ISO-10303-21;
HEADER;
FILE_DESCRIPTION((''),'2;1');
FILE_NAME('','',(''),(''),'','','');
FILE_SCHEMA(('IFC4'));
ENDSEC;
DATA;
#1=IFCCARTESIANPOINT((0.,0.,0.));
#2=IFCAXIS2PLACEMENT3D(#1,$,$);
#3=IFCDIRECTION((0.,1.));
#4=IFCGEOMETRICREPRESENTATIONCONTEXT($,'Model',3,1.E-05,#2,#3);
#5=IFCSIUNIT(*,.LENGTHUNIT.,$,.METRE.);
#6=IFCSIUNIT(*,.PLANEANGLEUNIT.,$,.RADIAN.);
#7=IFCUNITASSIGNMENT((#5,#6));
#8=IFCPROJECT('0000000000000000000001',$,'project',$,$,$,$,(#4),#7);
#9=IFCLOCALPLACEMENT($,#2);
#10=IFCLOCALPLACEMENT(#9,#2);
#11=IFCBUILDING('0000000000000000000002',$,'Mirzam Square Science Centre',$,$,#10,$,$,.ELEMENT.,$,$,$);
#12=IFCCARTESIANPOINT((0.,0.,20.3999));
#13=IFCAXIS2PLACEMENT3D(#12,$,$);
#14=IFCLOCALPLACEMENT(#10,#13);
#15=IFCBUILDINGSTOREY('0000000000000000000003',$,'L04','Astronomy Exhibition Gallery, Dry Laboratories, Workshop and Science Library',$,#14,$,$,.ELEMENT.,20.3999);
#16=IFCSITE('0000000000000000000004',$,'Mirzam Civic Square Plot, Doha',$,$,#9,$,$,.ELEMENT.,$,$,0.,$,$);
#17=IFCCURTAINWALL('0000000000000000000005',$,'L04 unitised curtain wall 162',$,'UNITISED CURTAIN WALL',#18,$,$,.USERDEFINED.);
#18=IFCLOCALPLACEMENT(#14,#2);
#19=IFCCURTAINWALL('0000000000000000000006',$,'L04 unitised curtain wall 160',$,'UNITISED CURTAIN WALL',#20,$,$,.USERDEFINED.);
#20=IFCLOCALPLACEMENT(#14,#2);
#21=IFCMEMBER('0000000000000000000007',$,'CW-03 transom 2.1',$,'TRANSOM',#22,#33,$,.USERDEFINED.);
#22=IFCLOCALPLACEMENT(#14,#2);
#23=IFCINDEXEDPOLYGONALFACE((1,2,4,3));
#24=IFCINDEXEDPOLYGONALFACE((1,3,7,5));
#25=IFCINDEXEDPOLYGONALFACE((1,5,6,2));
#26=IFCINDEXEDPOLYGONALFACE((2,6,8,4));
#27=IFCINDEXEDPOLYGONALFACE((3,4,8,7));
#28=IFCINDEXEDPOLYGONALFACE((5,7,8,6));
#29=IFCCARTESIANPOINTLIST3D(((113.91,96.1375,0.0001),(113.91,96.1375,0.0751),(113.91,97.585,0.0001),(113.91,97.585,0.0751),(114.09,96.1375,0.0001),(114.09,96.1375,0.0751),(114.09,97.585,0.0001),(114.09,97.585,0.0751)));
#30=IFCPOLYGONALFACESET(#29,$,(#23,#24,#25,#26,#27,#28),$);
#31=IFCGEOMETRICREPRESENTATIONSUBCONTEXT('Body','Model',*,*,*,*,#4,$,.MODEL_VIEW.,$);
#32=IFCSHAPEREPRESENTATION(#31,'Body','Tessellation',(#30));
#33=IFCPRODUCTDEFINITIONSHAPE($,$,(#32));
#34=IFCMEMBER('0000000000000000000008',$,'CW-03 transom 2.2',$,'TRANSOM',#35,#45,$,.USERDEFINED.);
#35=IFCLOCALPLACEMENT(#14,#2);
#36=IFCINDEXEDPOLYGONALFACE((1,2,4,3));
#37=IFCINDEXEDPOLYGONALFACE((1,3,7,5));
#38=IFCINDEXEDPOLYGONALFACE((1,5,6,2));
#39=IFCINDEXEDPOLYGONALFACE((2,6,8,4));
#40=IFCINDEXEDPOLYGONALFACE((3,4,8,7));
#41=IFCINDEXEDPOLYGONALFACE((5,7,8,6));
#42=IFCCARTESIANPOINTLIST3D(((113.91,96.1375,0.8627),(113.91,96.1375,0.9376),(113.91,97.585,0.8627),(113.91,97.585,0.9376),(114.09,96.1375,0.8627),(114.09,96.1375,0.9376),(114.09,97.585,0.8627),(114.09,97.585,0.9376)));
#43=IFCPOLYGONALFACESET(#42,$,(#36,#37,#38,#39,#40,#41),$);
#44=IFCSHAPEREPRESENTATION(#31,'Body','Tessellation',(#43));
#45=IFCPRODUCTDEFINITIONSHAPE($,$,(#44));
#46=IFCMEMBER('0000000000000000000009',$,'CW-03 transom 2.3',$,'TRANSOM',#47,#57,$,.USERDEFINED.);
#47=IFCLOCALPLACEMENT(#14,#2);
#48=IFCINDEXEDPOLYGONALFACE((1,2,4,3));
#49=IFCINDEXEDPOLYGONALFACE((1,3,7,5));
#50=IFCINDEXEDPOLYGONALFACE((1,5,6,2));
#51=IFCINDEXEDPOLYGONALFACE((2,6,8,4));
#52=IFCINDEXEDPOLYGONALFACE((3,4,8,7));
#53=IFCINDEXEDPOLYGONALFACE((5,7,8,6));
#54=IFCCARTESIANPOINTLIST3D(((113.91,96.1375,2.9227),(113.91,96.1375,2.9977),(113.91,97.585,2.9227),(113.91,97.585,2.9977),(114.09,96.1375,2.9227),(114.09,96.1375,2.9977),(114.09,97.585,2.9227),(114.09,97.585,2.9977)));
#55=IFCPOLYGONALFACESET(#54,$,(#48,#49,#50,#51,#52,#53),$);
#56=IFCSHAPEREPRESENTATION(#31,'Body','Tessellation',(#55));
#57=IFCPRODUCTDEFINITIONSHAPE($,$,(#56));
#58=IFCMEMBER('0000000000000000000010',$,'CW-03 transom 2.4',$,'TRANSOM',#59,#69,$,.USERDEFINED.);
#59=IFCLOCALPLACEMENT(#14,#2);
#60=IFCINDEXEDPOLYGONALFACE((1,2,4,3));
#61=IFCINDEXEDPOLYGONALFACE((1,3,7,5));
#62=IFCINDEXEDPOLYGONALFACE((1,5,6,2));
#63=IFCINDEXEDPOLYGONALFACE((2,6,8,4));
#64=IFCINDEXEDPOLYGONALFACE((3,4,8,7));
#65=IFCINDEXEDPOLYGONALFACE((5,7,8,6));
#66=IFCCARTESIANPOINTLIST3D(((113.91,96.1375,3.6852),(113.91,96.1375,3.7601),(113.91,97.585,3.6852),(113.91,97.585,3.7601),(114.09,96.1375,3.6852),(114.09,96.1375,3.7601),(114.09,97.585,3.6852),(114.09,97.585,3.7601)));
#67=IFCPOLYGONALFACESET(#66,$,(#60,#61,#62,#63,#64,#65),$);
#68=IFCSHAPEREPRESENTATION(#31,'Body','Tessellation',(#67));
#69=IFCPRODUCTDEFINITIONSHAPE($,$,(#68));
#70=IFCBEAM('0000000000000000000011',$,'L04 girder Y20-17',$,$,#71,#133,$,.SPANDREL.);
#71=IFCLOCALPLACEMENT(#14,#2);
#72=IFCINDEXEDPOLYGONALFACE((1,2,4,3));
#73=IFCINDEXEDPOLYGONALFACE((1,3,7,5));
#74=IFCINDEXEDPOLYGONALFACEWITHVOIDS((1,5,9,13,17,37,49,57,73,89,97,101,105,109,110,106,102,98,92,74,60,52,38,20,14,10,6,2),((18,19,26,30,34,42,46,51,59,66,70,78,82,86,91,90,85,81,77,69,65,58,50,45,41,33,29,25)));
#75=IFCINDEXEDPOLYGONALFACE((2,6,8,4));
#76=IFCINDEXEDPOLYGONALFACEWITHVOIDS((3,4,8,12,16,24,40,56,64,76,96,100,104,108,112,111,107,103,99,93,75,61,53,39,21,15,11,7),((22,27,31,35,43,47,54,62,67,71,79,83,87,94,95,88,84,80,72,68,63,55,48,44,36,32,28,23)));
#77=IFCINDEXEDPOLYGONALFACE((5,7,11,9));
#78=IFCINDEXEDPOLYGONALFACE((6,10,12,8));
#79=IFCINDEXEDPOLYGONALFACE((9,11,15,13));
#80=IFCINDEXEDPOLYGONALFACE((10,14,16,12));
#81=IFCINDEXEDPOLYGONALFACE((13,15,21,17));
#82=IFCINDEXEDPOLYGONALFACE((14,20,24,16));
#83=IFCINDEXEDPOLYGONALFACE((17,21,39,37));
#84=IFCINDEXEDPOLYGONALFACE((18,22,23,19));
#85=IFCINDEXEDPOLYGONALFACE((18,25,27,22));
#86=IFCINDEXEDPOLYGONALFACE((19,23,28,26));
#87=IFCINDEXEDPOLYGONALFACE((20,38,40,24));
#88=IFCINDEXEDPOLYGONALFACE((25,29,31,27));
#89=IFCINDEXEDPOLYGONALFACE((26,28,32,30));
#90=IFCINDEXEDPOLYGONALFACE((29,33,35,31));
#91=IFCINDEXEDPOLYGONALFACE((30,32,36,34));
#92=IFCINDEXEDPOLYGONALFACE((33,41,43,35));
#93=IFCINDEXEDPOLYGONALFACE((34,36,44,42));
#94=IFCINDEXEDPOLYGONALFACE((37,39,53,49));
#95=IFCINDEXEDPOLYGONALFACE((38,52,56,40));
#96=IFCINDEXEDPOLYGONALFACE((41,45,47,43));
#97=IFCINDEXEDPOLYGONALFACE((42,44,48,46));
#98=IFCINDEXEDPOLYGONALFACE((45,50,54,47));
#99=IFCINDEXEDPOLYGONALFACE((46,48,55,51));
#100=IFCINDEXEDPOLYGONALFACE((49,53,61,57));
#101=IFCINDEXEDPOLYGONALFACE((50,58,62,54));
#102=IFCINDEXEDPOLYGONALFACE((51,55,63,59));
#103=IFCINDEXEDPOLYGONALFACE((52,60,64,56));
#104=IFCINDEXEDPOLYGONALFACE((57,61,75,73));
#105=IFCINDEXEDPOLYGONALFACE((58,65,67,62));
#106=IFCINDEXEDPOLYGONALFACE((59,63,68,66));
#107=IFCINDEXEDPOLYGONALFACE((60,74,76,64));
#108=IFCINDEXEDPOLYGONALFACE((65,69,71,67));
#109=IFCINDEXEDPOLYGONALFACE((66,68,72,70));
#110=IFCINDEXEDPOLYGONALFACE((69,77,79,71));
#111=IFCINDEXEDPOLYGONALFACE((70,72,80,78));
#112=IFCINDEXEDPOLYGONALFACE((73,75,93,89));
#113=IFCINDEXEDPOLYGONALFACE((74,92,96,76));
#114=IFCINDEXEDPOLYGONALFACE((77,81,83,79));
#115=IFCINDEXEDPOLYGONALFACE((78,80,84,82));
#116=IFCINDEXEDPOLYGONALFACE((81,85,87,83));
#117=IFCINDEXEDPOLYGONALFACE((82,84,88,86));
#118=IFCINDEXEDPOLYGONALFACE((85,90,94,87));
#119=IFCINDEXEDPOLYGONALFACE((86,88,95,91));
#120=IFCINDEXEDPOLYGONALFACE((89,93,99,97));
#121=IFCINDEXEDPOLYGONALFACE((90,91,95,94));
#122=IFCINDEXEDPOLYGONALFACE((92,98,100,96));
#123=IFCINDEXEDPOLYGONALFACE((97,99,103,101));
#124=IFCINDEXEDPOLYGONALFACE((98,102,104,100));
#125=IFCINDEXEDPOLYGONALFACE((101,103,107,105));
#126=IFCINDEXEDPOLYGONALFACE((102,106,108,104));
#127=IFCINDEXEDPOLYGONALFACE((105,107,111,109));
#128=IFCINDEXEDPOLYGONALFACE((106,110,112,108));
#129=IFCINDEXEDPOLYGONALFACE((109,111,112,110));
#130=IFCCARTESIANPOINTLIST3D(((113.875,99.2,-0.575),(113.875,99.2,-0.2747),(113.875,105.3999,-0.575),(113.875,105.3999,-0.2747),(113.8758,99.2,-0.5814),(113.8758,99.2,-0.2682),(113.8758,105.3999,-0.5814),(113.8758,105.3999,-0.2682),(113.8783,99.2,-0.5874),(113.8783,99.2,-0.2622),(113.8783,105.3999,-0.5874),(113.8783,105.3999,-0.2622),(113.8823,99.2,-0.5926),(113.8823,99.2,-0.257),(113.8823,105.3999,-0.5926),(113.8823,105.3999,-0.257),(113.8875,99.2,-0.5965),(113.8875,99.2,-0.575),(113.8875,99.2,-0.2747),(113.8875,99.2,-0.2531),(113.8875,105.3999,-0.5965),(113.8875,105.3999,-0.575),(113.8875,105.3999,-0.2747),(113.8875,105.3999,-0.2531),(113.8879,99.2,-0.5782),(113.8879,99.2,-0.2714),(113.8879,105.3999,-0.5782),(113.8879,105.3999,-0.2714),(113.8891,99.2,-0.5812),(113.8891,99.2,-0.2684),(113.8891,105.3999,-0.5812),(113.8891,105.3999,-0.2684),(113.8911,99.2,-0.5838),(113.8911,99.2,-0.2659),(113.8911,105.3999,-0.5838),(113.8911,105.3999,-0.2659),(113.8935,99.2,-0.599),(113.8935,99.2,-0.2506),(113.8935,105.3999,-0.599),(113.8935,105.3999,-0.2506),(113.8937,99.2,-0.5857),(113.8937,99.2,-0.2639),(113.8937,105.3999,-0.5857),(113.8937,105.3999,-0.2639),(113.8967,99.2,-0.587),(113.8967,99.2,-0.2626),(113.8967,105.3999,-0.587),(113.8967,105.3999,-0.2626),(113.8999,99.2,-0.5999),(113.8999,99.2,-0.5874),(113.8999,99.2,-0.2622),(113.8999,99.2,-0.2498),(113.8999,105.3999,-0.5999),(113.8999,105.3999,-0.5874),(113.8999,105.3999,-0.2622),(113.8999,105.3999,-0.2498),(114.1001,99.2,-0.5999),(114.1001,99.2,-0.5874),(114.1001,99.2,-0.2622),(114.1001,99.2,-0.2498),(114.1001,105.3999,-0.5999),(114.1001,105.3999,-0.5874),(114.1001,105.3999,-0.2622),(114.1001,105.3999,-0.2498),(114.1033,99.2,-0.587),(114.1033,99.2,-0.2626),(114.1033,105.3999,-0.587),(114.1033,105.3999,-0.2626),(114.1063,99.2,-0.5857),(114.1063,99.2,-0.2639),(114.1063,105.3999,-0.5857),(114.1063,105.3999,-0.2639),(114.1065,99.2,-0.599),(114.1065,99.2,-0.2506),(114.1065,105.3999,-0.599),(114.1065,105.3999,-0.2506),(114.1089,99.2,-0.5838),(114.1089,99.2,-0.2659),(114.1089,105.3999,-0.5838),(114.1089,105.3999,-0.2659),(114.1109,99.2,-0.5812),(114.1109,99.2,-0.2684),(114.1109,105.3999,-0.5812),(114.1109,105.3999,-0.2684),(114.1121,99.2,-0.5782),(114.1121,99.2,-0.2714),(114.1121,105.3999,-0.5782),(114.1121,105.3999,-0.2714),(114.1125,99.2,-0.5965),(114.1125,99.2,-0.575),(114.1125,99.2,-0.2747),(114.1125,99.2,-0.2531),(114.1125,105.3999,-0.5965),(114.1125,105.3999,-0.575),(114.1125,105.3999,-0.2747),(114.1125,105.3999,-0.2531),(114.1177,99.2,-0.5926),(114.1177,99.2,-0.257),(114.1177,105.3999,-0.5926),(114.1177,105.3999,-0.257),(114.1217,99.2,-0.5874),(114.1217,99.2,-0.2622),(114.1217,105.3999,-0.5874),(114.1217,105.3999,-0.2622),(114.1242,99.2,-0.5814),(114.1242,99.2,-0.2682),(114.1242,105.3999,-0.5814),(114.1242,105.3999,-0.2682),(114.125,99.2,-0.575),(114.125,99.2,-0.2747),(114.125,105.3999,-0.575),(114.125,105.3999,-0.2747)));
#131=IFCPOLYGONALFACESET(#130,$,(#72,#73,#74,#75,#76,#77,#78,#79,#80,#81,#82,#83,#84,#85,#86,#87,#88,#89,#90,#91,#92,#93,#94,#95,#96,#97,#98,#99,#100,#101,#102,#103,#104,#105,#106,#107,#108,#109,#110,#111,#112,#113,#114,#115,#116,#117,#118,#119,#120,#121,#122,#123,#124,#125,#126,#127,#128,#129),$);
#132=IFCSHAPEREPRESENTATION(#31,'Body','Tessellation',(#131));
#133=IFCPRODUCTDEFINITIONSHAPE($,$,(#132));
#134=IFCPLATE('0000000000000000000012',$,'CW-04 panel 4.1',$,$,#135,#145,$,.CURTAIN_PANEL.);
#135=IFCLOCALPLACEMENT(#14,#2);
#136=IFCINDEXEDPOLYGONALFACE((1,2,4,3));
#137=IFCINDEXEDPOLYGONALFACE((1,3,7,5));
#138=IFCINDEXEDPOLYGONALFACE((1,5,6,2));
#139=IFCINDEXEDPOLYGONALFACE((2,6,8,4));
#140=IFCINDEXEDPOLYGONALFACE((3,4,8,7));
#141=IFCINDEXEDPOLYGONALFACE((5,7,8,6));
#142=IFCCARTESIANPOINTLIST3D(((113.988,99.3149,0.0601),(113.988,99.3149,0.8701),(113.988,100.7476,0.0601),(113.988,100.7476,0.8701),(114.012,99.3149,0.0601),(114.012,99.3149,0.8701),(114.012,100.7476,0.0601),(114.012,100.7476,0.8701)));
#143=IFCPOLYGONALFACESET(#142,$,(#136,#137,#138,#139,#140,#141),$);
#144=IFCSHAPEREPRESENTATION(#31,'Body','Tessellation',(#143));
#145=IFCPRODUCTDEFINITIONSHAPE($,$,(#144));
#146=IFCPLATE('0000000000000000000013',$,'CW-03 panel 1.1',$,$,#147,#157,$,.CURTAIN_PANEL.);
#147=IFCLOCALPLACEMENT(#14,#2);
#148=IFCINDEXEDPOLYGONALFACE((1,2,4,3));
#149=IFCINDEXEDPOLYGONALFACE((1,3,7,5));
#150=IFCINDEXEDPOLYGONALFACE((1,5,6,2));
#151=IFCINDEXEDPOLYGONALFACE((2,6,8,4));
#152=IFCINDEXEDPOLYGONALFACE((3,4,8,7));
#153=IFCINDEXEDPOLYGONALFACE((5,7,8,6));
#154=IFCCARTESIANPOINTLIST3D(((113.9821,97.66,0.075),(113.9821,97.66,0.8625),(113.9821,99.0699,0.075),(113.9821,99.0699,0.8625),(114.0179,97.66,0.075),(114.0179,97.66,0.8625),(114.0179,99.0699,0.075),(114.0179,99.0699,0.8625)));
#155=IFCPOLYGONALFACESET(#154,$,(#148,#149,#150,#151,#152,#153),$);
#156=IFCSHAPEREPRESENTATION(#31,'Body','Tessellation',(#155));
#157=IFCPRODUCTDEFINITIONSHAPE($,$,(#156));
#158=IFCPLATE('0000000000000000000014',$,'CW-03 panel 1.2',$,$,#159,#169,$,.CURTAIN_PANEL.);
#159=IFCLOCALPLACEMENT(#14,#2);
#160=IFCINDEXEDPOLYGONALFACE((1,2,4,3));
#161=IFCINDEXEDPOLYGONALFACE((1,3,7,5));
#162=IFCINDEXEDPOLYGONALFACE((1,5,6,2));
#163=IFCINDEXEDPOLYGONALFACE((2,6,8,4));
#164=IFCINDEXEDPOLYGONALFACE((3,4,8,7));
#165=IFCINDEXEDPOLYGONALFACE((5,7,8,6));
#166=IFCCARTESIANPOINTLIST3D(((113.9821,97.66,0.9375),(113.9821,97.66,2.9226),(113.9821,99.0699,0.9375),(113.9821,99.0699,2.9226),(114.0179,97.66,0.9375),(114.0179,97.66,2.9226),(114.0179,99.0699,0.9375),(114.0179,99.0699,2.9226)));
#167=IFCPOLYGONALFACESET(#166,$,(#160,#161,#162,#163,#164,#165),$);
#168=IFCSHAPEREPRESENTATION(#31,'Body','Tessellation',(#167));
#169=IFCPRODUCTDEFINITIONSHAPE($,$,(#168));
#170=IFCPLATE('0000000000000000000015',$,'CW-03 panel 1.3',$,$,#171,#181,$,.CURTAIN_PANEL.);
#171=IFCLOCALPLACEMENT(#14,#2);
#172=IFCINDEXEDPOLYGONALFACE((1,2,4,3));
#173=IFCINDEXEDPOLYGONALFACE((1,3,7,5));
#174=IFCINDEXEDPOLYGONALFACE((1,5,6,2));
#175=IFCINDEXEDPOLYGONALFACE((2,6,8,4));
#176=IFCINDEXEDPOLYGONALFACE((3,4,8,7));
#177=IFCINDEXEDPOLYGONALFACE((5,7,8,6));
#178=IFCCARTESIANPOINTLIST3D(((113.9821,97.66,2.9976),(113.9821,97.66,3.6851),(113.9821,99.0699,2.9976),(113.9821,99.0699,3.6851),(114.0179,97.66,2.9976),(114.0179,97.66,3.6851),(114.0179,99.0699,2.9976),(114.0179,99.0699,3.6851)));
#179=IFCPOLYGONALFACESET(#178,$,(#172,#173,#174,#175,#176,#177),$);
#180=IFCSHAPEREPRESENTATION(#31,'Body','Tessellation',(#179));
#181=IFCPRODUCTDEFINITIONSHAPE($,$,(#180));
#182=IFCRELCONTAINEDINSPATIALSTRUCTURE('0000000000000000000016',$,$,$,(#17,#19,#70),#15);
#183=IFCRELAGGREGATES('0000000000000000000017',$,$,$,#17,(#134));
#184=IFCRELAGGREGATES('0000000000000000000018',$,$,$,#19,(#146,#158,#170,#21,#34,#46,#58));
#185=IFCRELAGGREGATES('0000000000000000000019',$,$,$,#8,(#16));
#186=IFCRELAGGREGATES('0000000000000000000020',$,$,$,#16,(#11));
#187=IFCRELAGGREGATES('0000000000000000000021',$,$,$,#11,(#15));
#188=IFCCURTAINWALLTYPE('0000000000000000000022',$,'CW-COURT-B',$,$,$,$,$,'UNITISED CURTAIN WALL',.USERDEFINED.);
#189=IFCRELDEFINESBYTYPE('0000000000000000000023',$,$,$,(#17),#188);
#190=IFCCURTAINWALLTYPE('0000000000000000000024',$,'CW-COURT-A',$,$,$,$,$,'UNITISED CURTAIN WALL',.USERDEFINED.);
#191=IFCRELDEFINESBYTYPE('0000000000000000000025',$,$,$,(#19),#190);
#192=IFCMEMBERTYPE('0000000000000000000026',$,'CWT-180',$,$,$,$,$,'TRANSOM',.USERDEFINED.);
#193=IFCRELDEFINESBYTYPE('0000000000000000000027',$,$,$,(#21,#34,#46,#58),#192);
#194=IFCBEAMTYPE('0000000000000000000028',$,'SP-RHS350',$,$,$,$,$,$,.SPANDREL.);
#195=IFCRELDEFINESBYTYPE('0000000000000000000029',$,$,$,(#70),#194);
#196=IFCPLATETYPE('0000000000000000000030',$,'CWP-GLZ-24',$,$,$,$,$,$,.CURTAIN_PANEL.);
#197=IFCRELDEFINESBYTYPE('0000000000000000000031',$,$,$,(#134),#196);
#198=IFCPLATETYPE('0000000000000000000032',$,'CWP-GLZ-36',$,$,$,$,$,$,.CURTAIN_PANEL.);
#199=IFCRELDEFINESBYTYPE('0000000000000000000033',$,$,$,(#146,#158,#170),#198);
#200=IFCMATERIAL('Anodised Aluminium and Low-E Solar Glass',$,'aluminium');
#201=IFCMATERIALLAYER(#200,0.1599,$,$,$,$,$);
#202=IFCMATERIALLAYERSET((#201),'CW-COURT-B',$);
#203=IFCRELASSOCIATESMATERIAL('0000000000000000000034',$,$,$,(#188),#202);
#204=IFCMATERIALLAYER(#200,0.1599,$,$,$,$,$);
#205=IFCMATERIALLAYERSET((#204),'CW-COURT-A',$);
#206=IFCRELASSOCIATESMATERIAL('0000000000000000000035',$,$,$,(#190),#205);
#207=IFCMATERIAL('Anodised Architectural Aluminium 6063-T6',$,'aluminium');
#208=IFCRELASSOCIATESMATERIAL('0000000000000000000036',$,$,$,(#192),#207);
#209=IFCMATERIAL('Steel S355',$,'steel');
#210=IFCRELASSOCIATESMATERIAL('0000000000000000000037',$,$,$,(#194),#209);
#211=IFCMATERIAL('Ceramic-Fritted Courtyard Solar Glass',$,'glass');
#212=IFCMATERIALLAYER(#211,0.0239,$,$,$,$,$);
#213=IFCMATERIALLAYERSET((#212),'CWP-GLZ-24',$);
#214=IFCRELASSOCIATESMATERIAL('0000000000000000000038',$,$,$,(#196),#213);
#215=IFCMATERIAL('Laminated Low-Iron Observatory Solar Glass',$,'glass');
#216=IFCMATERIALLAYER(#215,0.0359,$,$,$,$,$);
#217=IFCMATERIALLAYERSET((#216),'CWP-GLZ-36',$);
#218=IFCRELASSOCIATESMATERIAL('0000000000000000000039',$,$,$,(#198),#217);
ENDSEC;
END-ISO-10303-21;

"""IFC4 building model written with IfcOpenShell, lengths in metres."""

from ifc_helpers import new_model, si_unit, direction, frame, origin, origin_2d, place, context, subcontext, project, spatial, rectangle, hollow_rectangle, extrude, material, layer, layer_set, material_profile, profile_set, type_object, element, aggregate, save


model = new_model("IFC4")

# Units and contexts
model_context = context("Model", 3, precision=1e-05, world=origin(), true_north=direction((0.0, 1.0)))
body_context = subcontext(model_context, "Body", "Model", "MODEL_VIEW")
ifc_project = project(units=[si_unit("LENGTHUNIT", "METRE"), si_unit("PLANEANGLEUNIT", "RADIAN")], contexts=[model_context])

# Site, building, storey
site_placement = place(None, origin())
site = spatial("IfcSite", under=ifc_project, at=site_placement, Name="Mirzam Civic Square Plot, Doha", CompositionType="ELEMENT", RefElevation=0.0)
building_placement = place(site_placement, origin())
building = spatial("IfcBuilding", under=site, at=building_placement, Name="Mirzam Square Science Centre", CompositionType="ELEMENT")
storey_placement = place(building_placement, frame((0.0, 0.0, 20.3999)))
storey = spatial("IfcBuildingStorey", under=building, at=storey_placement, Name="L04", Description="Astronomy Exhibition Gallery, Dry Laboratories, Workshop and Science Library", CompositionType="ELEMENT", Elevation=20.3999)

# Shared definitions
ifc_material_1 = material(Name="Steel S355", Category="steel")

# Curtain wall
ifc_material_2 = material(Name="Anodised Aluminium and Low-E Solar Glass", Category="aluminium")
ifc_layer_1 = layer(ifc_material_2, 0.1599)
ifc_layer_set_1 = layer_set([ifc_layer_1], Name="CW-COURT-B")
curtain_wall_type_1 = type_object("IfcCurtainWallType", Name="CW-COURT-B", ElementType="UNITISED CURTAIN WALL", PredefinedType="USERDEFINED", material=ifc_layer_set_1)
curtain_wall_1_placement = place(storey_placement, origin())
curtain_wall_1 = element("IfcCurtainWall", 1, at=curtain_wall_1_placement, inside=storey, type_object=curtain_wall_type_1, Name="L04 unitised curtain wall 162", ObjectType="UNITISED CURTAIN WALL", PredefinedType="USERDEFINED")
ifc_material_3 = material(Name="Anodised Architectural Aluminium 6063-T6", Category="aluminium")

# Curtain wall, members
ifc_layer_2 = layer(ifc_material_2, 0.1599)
ifc_layer_set_2 = layer_set([ifc_layer_2], Name="CW-COURT-A")
curtain_wall_type_2 = type_object("IfcCurtainWallType", Name="CW-COURT-A", ElementType="UNITISED CURTAIN WALL", PredefinedType="USERDEFINED", material=ifc_layer_set_2)
curtain_wall_2_placement = place(storey_placement, origin())
curtain_wall_2 = element("IfcCurtainWall", 2, at=curtain_wall_2_placement, inside=storey, type_object=curtain_wall_type_2, Name="L04 unitised curtain wall 160", ObjectType="UNITISED CURTAIN WALL", PredefinedType="USERDEFINED")
ifc_material_profile_1 = material_profile(ifc_material_3, rectangle(XDim=0.1799, YDim=0.075, at=origin_2d()), Name="ALU-TRAN-180x75x5")
ifc_profile_set_1 = profile_set([ifc_material_profile_1], Name="Anodised Architectural Aluminium 6063-T6")
member_type_1 = type_object("IfcMemberType", Name="CWT-180", ElementType="TRANSOM", PredefinedType="USERDEFINED", material=ifc_profile_set_1)
member_1_placement = place(storey_placement, frame((114.0, 97.585, 0.0376), z_axis=(0.0, -1.0, 0.0), x_axis=(1.0, 0.0, 0.0)))
member_1 = element("IfcMember", 3, at=member_1_placement, type_object=member_type_1, Name="CW-03 transom 2.1", ObjectType="TRANSOM", PredefinedType="USERDEFINED", context=body_context, shape_type="SweptSolid", body=[
    extrude(rectangle(XDim=0.1799, YDim=0.075, at=origin_2d()), origin(), (0.0, 0.0, 1.0), 1.4475),
])
member_2_placement = place(storey_placement, frame((114.0, 97.585, 0.9001), z_axis=(0.0, -1.0, 0.0), x_axis=(1.0, 0.0, 0.0)))
member_2 = element("IfcMember", 4, at=member_2_placement, type_object=member_type_1, Name="CW-03 transom 2.2", ObjectType="TRANSOM", PredefinedType="USERDEFINED", context=body_context, shape_type="SweptSolid", body=[
    extrude(rectangle(XDim=0.1799, YDim=0.075, at=origin_2d()), origin(), (0.0, 0.0, 1.0), 1.4475),
])
member_3_placement = place(storey_placement, frame((114.0, 97.585, 2.9602), z_axis=(0.0, -1.0, 0.0), x_axis=(1.0, 0.0, 0.0)))
member_3 = element("IfcMember", 5, at=member_3_placement, type_object=member_type_1, Name="CW-03 transom 2.3", ObjectType="TRANSOM", PredefinedType="USERDEFINED", context=body_context, shape_type="SweptSolid", body=[
    extrude(rectangle(XDim=0.1799, YDim=0.075, at=origin_2d()), origin(), (0.0, 0.0, 1.0), 1.4475),
])
member_4_placement = place(storey_placement, frame((114.0, 97.585, 3.7227), z_axis=(0.0, -1.0, 0.0), x_axis=(1.0, 0.0, 0.0)))
member_4 = element("IfcMember", 6, at=member_4_placement, type_object=member_type_1, Name="CW-03 transom 2.4", ObjectType="TRANSOM", PredefinedType="USERDEFINED", context=body_context, shape_type="SweptSolid", body=[
    extrude(rectangle(XDim=0.1799, YDim=0.075, at=origin_2d()), origin(), (0.0, 0.0, 1.0), 1.4475),
])

# Beam
ifc_material_profile_2 = material_profile(ifc_material_1, hollow_rectangle(XDim=0.25, YDim=0.3501, WallThickness=0.0125, InnerFilletRadius=0.0125, OuterFilletRadius=0.0249, at=origin_2d()), Name="350x250x12.5RHS")
ifc_profile_set_2 = profile_set([ifc_material_profile_2], Name="Steel S355")
beam_type_1 = type_object("IfcBeamType", Name="SP-RHS350", PredefinedType="SPANDREL", material=ifc_profile_set_2)
beam_1_placement = place(storey_placement, frame((114.0, 99.2, -0.4248), z_axis=(0.0, 1.0, 0.0), x_axis=(-1.0, 0.0, 0.0)))
element("IfcBeam", 7, at=beam_1_placement, inside=storey, type_object=beam_type_1, Name="L04 girder Y20-17", PredefinedType="SPANDREL", context=body_context, shape_type="SweptSolid", body=[
    extrude(hollow_rectangle(XDim=0.25, YDim=0.3501, WallThickness=0.0125, InnerFilletRadius=0.0125, OuterFilletRadius=0.0249, at=origin_2d()), origin(), (0.0, 0.0, 1.0), 6.2),
])

# Plates
ifc_material_4 = material(Name="Ceramic-Fritted Courtyard Solar Glass", Category="glass")
ifc_layer_3 = layer(ifc_material_4, 0.0239)
ifc_layer_set_3 = layer_set([ifc_layer_3], Name="CWP-GLZ-24")
plate_type_1 = type_object("IfcPlateType", Name="CWP-GLZ-24", PredefinedType="CURTAIN_PANEL", material=ifc_layer_set_3)
plate_1_placement = place(storey_placement, frame((114.0, 100.0312, 0.0601), z_axis=(0.0, 0.0, 1.0), x_axis=(0.0, -1.0, 0.0)))
plate_1 = element("IfcPlate", 8, at=plate_1_placement, type_object=plate_type_1, Name="CW-04 panel 4.1", PredefinedType="CURTAIN_PANEL", context=body_context, shape_type="SweptSolid", body=[
    extrude(rectangle(XDim=1.4326, YDim=0.0239, at=origin_2d()), origin(), (0.0, 0.0, 1.0), 0.8101),
])
aggregate(curtain_wall_1, [plate_1])
ifc_material_5 = material(Name="Laminated Low-Iron Observatory Solar Glass", Category="glass")
ifc_layer_4 = layer(ifc_material_5, 0.0359)
ifc_layer_set_4 = layer_set([ifc_layer_4], Name="CWP-GLZ-36")
plate_type_2 = type_object("IfcPlateType", Name="CWP-GLZ-36", PredefinedType="CURTAIN_PANEL", material=ifc_layer_set_4)
plate_2_placement = place(storey_placement, frame((114.0, 98.365, 0.075), z_axis=(0.0, 0.0, 1.0), x_axis=(0.0, -1.0, 0.0)))
plate_2 = element("IfcPlate", 9, at=plate_2_placement, type_object=plate_type_2, Name="CW-03 panel 1.1", PredefinedType="CURTAIN_PANEL", context=body_context, shape_type="SweptSolid", body=[
    extrude(rectangle(XDim=1.4099, YDim=0.0359, at=origin_2d()), origin(), (0.0, 0.0, 1.0), 0.7876),
])
plate_3_placement = place(storey_placement, frame((114.0, 98.365, 0.9375), z_axis=(0.0, 0.0, 1.0), x_axis=(0.0, -1.0, 0.0)))
plate_3 = element("IfcPlate", 10, at=plate_3_placement, type_object=plate_type_2, Name="CW-03 panel 1.2", PredefinedType="CURTAIN_PANEL", context=body_context, shape_type="SweptSolid", body=[
    extrude(rectangle(XDim=1.4099, YDim=0.0359, at=origin_2d()), origin(), (0.0, 0.0, 1.0), 1.9851),
])
plate_4_placement = place(storey_placement, frame((114.0, 98.365, 2.9976), z_axis=(0.0, 0.0, 1.0), x_axis=(0.0, -1.0, 0.0)))
plate_4 = element("IfcPlate", 11, at=plate_4_placement, type_object=plate_type_2, Name="CW-03 panel 1.3", PredefinedType="CURTAIN_PANEL", context=body_context, shape_type="SweptSolid", body=[
    extrude(rectangle(XDim=1.4099, YDim=0.0359, at=origin_2d()), origin(), (0.0, 0.0, 1.0), 0.6875),
])
aggregate(curtain_wall_2, [plate_2, plate_3, plate_4, member_1, member_2, member_3, member_4])

save(model, "model.ifc")
